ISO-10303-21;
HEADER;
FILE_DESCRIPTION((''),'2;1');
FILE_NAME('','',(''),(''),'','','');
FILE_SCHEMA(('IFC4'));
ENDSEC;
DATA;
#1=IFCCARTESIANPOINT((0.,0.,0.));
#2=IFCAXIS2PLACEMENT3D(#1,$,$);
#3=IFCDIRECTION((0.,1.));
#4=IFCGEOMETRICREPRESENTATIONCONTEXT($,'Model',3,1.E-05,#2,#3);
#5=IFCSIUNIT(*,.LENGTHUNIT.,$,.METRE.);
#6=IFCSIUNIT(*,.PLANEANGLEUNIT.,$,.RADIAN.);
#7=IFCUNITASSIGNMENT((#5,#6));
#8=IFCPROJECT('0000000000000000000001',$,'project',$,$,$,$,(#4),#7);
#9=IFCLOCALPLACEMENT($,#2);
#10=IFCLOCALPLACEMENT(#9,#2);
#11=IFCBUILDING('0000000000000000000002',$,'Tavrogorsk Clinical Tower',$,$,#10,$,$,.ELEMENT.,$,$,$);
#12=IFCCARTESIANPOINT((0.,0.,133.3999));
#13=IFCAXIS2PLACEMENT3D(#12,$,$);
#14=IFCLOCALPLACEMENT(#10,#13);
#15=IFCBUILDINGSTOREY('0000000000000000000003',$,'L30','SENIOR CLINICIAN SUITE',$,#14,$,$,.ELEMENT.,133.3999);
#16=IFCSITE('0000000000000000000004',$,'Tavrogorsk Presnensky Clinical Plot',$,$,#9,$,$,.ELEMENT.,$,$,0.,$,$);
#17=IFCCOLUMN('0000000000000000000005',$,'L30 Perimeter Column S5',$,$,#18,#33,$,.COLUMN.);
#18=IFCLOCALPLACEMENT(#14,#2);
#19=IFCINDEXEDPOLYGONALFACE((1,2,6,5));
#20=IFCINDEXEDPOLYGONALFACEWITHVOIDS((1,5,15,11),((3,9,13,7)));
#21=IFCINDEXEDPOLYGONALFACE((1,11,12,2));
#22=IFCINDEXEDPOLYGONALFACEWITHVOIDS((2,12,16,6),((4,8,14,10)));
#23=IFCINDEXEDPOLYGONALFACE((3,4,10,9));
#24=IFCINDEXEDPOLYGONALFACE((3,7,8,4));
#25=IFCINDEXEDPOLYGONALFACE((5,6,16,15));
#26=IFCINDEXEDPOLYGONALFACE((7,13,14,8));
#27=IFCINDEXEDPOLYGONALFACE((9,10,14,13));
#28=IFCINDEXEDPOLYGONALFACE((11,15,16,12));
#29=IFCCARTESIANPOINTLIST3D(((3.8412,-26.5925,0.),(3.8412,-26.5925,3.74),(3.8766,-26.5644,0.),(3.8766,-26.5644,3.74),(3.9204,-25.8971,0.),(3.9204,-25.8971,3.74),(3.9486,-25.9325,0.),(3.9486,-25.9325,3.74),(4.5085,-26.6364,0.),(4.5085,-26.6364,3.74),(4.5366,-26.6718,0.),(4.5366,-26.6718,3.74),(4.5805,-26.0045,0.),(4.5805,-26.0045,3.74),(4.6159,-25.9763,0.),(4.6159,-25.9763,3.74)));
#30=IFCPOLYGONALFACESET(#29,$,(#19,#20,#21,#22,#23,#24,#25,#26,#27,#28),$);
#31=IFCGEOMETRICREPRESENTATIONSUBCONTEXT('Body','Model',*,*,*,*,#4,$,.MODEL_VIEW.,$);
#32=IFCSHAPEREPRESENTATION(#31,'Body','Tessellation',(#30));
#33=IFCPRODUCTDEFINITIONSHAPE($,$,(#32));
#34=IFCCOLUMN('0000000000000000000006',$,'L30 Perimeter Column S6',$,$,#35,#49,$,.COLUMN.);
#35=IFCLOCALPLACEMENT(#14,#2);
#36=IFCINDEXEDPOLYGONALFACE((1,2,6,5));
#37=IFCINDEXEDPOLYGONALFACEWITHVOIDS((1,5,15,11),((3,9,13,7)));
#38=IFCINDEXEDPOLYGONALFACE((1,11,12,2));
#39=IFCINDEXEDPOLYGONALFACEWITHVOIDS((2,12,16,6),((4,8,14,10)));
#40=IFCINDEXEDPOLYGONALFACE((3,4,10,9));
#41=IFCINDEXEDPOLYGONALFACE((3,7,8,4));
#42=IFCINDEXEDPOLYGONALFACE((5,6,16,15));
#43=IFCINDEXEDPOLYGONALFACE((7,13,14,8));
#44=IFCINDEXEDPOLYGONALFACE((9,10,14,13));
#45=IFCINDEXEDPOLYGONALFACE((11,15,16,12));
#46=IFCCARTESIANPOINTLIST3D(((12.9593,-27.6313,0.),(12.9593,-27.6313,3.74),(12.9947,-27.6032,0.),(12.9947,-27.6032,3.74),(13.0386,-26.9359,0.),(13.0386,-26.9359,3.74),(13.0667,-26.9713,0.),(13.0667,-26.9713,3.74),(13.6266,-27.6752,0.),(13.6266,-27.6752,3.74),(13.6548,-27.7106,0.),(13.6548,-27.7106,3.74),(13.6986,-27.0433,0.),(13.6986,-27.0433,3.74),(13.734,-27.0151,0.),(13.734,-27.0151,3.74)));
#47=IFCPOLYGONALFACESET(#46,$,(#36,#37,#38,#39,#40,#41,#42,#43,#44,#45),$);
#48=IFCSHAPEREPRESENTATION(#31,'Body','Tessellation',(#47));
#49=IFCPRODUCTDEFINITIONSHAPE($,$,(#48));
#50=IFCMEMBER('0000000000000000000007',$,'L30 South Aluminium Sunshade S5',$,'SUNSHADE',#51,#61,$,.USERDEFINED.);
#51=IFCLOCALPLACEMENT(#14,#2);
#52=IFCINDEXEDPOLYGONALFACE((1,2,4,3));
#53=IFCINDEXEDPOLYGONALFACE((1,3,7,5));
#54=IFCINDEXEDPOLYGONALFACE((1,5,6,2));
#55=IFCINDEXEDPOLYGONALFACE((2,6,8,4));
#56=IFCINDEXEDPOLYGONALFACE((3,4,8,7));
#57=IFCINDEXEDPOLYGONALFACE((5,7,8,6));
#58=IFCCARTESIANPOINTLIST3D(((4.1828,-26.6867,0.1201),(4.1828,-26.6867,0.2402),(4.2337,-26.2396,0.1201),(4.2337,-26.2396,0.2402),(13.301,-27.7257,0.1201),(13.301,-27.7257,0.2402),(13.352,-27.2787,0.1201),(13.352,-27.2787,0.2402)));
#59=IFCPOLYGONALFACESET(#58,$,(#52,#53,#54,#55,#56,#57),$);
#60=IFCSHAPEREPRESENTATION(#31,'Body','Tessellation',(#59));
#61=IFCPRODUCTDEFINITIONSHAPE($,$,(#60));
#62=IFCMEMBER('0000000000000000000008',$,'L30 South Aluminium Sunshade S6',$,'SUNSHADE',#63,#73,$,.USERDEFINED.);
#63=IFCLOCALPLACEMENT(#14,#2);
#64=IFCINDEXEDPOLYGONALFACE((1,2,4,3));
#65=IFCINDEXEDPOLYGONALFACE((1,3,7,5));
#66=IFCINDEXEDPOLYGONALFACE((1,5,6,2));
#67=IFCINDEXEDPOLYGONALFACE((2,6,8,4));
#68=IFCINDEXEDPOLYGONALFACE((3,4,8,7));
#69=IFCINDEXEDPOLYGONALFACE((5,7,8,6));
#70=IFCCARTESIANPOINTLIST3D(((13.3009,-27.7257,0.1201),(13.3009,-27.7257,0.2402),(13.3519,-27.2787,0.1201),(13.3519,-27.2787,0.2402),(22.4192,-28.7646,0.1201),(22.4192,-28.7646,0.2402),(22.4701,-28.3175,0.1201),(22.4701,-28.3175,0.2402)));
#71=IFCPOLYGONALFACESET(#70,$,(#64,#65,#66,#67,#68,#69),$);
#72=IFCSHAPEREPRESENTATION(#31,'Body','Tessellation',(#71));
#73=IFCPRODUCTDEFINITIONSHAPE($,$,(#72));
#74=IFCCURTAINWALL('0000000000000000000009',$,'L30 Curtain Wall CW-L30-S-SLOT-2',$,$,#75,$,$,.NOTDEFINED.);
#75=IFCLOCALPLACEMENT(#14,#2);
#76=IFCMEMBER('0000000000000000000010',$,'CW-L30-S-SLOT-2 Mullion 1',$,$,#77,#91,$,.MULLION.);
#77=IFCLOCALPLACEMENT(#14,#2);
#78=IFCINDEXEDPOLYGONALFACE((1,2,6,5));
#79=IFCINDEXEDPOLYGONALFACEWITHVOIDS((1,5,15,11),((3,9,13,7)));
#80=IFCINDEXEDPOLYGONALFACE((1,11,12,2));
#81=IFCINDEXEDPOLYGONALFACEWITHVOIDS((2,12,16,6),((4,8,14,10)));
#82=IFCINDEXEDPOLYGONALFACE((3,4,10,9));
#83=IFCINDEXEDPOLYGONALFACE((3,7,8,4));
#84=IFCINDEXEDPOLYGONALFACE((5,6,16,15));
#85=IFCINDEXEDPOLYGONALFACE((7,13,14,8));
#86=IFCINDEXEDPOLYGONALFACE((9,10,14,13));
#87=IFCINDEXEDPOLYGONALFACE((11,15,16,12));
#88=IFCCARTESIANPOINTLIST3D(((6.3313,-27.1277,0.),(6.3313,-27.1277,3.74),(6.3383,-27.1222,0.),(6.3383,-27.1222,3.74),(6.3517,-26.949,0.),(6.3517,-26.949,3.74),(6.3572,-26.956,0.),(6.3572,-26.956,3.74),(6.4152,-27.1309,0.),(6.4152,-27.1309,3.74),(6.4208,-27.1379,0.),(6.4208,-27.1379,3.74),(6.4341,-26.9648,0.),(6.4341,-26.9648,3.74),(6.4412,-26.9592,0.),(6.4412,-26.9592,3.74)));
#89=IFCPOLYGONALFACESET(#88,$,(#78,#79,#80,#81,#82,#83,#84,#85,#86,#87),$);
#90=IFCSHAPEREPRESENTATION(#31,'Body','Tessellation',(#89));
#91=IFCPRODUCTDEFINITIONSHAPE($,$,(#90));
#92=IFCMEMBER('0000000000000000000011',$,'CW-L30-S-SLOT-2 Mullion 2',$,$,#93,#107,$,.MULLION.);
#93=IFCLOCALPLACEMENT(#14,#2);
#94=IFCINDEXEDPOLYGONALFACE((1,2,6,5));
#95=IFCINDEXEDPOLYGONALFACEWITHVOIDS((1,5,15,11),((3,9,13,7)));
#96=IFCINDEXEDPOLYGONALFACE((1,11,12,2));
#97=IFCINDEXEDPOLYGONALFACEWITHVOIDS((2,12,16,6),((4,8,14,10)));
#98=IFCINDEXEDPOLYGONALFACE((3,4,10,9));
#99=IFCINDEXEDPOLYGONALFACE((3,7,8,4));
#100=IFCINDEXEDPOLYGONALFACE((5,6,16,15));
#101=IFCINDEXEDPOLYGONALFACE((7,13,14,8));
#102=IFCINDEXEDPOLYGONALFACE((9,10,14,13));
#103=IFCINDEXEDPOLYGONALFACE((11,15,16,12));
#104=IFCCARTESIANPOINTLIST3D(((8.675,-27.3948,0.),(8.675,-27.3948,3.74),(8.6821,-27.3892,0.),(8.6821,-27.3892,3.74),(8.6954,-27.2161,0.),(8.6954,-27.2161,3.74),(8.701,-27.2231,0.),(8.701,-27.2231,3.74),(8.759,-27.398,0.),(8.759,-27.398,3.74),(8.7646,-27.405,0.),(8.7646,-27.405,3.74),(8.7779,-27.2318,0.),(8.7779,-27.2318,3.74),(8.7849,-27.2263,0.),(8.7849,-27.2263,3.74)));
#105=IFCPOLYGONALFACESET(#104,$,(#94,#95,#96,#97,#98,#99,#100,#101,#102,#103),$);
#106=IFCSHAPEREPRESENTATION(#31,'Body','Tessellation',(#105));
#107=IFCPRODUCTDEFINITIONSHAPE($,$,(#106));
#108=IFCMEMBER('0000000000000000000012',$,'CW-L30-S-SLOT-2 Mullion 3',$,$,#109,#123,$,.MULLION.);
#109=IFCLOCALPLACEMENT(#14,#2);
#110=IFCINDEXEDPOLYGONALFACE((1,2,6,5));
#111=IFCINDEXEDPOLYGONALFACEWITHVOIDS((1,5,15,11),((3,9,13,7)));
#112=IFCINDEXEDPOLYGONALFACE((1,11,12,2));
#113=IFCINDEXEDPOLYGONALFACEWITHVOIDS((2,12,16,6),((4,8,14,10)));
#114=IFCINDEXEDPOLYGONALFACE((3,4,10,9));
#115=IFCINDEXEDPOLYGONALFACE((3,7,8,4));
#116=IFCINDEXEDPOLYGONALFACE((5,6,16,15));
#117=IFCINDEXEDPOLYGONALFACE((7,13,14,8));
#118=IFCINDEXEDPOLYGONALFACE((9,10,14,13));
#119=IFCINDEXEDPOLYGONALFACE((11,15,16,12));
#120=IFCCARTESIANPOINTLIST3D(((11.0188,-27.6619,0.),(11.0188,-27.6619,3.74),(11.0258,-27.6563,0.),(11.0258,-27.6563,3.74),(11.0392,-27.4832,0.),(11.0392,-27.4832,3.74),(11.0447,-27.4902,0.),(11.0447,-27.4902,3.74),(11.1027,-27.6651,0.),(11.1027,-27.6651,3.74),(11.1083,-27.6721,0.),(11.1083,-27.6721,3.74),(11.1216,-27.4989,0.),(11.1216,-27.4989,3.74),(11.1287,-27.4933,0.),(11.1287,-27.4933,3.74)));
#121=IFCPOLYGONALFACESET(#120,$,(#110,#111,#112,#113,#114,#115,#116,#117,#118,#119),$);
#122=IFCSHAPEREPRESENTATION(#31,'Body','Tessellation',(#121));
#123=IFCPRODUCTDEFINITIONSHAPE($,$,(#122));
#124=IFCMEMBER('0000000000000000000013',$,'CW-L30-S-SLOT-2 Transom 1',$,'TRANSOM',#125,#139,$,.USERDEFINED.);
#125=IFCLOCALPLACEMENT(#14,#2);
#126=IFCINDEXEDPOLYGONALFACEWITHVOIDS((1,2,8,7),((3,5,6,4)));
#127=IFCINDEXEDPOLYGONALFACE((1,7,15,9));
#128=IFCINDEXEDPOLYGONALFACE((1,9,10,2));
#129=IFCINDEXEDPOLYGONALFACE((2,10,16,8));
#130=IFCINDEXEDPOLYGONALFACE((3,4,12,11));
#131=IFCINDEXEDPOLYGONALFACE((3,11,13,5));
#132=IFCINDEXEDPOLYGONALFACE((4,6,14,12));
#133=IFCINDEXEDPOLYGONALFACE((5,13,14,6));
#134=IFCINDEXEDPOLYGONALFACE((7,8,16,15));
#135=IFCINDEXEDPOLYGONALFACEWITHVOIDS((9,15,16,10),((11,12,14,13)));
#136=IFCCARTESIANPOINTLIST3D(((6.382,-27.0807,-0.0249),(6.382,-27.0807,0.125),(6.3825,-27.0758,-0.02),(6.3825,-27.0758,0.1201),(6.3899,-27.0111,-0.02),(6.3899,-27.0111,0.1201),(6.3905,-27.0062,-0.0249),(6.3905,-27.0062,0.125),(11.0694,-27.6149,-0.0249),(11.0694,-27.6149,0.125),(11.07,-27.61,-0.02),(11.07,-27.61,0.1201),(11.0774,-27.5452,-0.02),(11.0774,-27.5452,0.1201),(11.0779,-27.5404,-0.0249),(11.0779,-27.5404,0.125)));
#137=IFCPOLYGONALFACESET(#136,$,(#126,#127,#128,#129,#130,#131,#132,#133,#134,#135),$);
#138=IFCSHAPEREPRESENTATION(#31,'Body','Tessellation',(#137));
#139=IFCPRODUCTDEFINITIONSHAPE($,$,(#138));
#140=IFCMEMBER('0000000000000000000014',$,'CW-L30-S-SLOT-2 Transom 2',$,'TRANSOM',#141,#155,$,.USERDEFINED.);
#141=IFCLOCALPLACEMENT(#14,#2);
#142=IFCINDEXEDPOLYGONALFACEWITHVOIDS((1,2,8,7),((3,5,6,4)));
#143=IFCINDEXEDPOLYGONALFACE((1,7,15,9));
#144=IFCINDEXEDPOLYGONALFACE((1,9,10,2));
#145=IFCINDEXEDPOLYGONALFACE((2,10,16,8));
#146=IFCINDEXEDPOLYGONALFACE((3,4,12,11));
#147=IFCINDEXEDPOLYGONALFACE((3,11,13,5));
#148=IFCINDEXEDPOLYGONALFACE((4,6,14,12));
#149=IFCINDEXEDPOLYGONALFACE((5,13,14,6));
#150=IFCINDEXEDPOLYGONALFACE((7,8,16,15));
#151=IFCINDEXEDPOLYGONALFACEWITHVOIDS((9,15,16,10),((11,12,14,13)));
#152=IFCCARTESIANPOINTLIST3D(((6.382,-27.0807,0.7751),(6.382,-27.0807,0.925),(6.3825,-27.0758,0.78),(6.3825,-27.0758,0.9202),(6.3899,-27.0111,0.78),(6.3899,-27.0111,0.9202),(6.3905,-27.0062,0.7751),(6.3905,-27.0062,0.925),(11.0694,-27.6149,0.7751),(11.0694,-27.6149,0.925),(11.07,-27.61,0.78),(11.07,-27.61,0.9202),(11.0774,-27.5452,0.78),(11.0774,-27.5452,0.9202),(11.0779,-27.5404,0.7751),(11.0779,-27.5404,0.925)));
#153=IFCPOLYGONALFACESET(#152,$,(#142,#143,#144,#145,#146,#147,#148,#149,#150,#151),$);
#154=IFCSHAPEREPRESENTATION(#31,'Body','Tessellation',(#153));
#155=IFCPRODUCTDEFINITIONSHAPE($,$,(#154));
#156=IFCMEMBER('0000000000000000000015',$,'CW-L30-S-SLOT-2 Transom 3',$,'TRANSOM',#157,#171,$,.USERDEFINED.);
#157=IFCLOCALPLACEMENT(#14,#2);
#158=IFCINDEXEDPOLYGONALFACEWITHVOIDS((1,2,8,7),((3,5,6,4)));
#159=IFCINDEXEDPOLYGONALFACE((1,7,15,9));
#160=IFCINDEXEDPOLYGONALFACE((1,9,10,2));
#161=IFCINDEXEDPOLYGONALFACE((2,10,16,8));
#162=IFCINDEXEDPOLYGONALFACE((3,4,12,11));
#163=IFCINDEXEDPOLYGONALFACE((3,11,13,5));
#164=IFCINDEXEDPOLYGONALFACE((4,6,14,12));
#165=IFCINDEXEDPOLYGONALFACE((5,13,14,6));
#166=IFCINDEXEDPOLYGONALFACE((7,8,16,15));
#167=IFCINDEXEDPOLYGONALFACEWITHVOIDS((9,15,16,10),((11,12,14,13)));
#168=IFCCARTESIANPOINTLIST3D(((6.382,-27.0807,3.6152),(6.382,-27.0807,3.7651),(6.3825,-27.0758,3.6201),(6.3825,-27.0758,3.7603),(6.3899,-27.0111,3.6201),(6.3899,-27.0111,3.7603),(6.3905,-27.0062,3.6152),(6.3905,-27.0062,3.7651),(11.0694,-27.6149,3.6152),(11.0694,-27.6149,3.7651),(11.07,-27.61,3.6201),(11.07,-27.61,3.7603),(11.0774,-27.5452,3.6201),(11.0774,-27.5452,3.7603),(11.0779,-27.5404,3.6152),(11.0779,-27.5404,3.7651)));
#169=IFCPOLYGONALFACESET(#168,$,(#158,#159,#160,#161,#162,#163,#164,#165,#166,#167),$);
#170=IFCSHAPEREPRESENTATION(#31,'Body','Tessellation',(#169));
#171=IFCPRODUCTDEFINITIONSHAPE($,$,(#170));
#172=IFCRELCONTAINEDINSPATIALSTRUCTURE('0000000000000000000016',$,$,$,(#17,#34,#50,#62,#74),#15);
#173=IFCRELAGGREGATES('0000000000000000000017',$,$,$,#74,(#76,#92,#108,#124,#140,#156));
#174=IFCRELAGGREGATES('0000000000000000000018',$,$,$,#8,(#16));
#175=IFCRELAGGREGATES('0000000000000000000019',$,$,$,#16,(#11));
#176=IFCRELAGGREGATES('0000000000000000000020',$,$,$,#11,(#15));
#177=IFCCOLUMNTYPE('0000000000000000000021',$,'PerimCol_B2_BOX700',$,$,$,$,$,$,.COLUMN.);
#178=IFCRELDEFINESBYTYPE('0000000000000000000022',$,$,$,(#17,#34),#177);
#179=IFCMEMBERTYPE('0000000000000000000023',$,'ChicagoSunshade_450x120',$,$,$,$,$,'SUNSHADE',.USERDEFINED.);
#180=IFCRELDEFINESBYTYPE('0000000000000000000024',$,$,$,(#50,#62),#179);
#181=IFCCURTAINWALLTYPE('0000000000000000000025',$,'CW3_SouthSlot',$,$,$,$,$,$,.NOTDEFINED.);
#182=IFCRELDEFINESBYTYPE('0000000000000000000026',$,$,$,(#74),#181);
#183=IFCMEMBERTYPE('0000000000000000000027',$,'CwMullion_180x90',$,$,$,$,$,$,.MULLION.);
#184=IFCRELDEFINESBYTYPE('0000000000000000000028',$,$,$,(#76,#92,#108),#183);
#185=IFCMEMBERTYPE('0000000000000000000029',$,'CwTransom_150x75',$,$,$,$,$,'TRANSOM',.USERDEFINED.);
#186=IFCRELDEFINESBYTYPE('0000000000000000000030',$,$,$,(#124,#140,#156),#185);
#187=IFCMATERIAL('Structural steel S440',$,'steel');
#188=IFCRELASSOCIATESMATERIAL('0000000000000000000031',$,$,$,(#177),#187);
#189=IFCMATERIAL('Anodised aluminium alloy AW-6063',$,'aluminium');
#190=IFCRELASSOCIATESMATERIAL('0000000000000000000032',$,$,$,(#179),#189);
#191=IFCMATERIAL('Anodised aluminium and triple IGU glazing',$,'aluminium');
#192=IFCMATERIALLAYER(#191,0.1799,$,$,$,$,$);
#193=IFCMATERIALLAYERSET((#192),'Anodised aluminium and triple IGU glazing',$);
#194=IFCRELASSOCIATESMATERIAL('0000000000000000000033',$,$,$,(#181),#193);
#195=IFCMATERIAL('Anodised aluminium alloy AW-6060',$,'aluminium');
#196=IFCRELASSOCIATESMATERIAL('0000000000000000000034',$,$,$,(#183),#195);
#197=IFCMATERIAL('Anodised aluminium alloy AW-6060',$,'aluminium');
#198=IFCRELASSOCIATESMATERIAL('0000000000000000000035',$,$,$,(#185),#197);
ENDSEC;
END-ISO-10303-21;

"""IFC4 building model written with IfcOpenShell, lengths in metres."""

from ifc_helpers import new_model, si_unit, direction, frame, origin, origin_2d, place, context, subcontext, project, spatial, rectangle, hollow_rectangle, extrude, material, layer, layer_set, material_profile, profile_set, type_object, element, aggregate, save


model = new_model("IFC4")

# Units and contexts
model_context = context("Model", 3, precision=1e-05, world=origin(), true_north=direction((0.0, 1.0)))
body_context = subcontext(model_context, "Body", "Model", "MODEL_VIEW")
ifc_project = project(units=[si_unit("LENGTHUNIT", "METRE"), si_unit("PLANEANGLEUNIT", "RADIAN")], contexts=[model_context])

# Site, building, storey
site_placement = place(None, origin())
site = spatial("IfcSite", under=ifc_project, at=site_placement, Name="Tavrogorsk Presnensky Clinical Plot", CompositionType="ELEMENT", RefElevation=0.0)
building_placement = place(site_placement, origin())
building = spatial("IfcBuilding", under=site, at=building_placement, Name="Tavrogorsk Clinical Tower", CompositionType="ELEMENT")
storey_placement = place(building_placement, frame((0.0, 0.0, 133.3999)))
storey = spatial("IfcBuildingStorey", under=building, at=storey_placement, Name="L30", Description="SENIOR CLINICIAN SUITE", CompositionType="ELEMENT", Elevation=133.3999)

# Columns
ifc_material_1 = material(Name="Structural steel S440", Category="steel")
ifc_material_profile_1 = material_profile(ifc_material_1, hollow_rectangle(XDim=0.7, YDim=0.7, WallThickness=0.032, at=origin_2d()), Name="BOX-700x700x32")
ifc_profile_set_1 = profile_set([ifc_material_profile_1], Name="Structural steel S440")
column_type = type_object("IfcColumnType", Name="PerimCol_B2_BOX700", PredefinedType="COLUMN", material=ifc_profile_set_1)
for number, where, z_axis, x_axis, name in (
    (1, (4.2285, -26.2844, 0.0), (0.0, 0.0, 1.0), (0.993572, -0.113203, 0.0), "L30 Perimeter Column S5"),
    (2, (13.3467, -27.3232, 0.0), (0.0, 0.0, 1.0), (0.993572, -0.113203, 0.0), "L30 Perimeter Column S6"),
):
    element("IfcColumn", number, at=place(storey_placement, frame(where, z_axis=z_axis, x_axis=x_axis)), inside=storey, type_object=column_type, Name=name, PredefinedType="COLUMN", context=body_context, shape_type="SweptSolid", body=[
        extrude(hollow_rectangle(XDim=0.7, YDim=0.7, WallThickness=0.032, at=origin_2d()), origin(), (0.0, 0.0, 1.0), 3.74),
    ])

# Members
ifc_material_2 = material(Name="Anodised aluminium alloy AW-6063", Category="aluminium")
ifc_material_profile_2 = material_profile(ifc_material_2, rectangle(XDim=0.45, YDim=0.1201, at=origin_2d()), Name="ALU-SUNSHADE-450x120")
ifc_profile_set_2 = profile_set([ifc_material_profile_2], Name="Anodised aluminium alloy AW-6063")
member_type_1 = type_object("IfcMemberType", Name="ChicagoSunshade_450x120", ElementType="SUNSHADE", PredefinedType="USERDEFINED", material=ifc_profile_set_2)
for number, where, z_axis, x_axis, name in (
    (3, (4.2083, -26.4631, 0.1802), (0.99357, -0.113222, 0.0), (0.113222, 0.99357, 0.0), "L30 South Aluminium Sunshade S5"),
    (4, (13.3264, -27.5022, 0.1802), (0.993573, -0.113196, 0.0), (0.113196, 0.993573, 0.0), "L30 South Aluminium Sunshade S6"),
):
    element("IfcMember", number, at=place(storey_placement, frame(where, z_axis=z_axis, x_axis=x_axis)), inside=storey, type_object=member_type_1, Name=name, ObjectType="SUNSHADE", PredefinedType="USERDEFINED", context=body_context, shape_type="SweptSolid", body=[
        extrude(rectangle(XDim=0.45, YDim=0.1201, at=origin_2d()), origin(), (0.0, 0.0, 1.0), 9.1772),
    ])

# Curtain wall, members
ifc_material_3 = material(Name="Anodised aluminium and triple IGU glazing", Category="aluminium")
ifc_layer_1 = layer(ifc_material_3, 0.1799)
ifc_layer_set_1 = layer_set([ifc_layer_1], Name="Anodised aluminium and triple IGU glazing")
curtain_wall_type = type_object("IfcCurtainWallType", Name="CW3_SouthSlot", PredefinedType="NOTDEFINED", material=ifc_layer_set_1)
curtain_wall_placement = place(storey_placement, origin())
curtain_wall = element("IfcCurtainWall", 5, at=curtain_wall_placement, inside=storey, type_object=curtain_wall_type, Name="L30 Curtain Wall CW-L30-S-SLOT-2", PredefinedType="NOTDEFINED")
ifc_material_4 = material(Name="Anodised aluminium alloy AW-6060", Category="aluminium")
ifc_material_profile_3 = material_profile(ifc_material_4, hollow_rectangle(XDim=0.0901, YDim=0.1799, WallThickness=0.0063, at=origin_2d()), Name="RHS-180x90x6.3")
ifc_profile_set_3 = profile_set([ifc_material_profile_3], Name="Anodised aluminium alloy AW-6060")
member_type_2 = type_object("IfcMemberType", Name="CwMullion_180x90", PredefinedType="MULLION", material=ifc_profile_set_3)
member_1_placement = place(storey_placement, frame((6.3862, -27.0435, 0.0), z_axis=(0.0, 0.0, 1.0), x_axis=(0.993572, -0.113203, 0.0)))
member_1 = element("IfcMember", 6, at=member_1_placement, type_object=member_type_2, Name="CW-L30-S-SLOT-2 Mullion 1", PredefinedType="MULLION", context=body_context, shape_type="SweptSolid", body=[
    extrude(hollow_rectangle(XDim=0.0901, YDim=0.1799, WallThickness=0.0063, at=origin_2d()), origin(), (0.0, 0.0, 1.0), 3.74),
])
member_2_placement = place(storey_placement, frame((8.73, -27.3105, 0.0), z_axis=(0.0, 0.0, 1.0), x_axis=(0.993572, -0.113203, 0.0)))
member_2 = element("IfcMember", 7, at=member_2_placement, type_object=member_type_2, Name="CW-L30-S-SLOT-2 Mullion 2", PredefinedType="MULLION", context=body_context, shape_type="SweptSolid", body=[
    extrude(hollow_rectangle(XDim=0.0901, YDim=0.1799, WallThickness=0.0063, at=origin_2d()), origin(), (0.0, 0.0, 1.0), 3.74),
])
member_3_placement = place(storey_placement, frame((11.0737, -27.5776, 0.0), z_axis=(0.0, 0.0, 1.0), x_axis=(0.993572, -0.113203, 0.0)))
member_3 = element("IfcMember", 8, at=member_3_placement, type_object=member_type_2, Name="CW-L30-S-SLOT-2 Mullion 3", PredefinedType="MULLION", context=body_context, shape_type="SweptSolid", body=[
    extrude(hollow_rectangle(XDim=0.0901, YDim=0.1799, WallThickness=0.0063, at=origin_2d()), origin(), (0.0, 0.0, 1.0), 3.74),
])
ifc_material_5 = material(Name="Anodised aluminium alloy AW-6060", Category="aluminium")
ifc_material_profile_4 = material_profile(ifc_material_5, hollow_rectangle(XDim=0.075, YDim=0.1499, WallThickness=0.0049, at=origin_2d()), Name="RHS-150x75x5")
ifc_profile_set_4 = profile_set([ifc_material_profile_4], Name="Anodised aluminium alloy AW-6060")
member_type_3 = type_object("IfcMemberType", Name="CwTransom_150x75", ElementType="TRANSOM", PredefinedType="USERDEFINED", material=ifc_profile_set_4)
member_4_placement = place(storey_placement, frame((6.3862, -27.0435, 0.05), z_axis=(0.993569, -0.113226, 0.0), x_axis=(0.113226, 0.993569, 0.0)))
member_4 = element("IfcMember", 9, at=member_4_placement, type_object=member_type_3, Name="CW-L30-S-SLOT-2 Transom 1", ObjectType="TRANSOM", PredefinedType="USERDEFINED", context=body_context, shape_type="SweptSolid", body=[
    extrude(hollow_rectangle(XDim=0.075, YDim=0.1499, WallThickness=0.0049, at=origin_2d()), origin(), (0.0, 0.0, 1.0), 4.7178),
])
member_5_placement = place(storey_placement, frame((6.3862, -27.0435, 0.8501), z_axis=(0.993569, -0.113226, 0.0), x_axis=(0.113226, 0.993569, 0.0)))
member_5 = element("IfcMember", 10, at=member_5_placement, type_object=member_type_3, Name="CW-L30-S-SLOT-2 Transom 2", ObjectType="TRANSOM", PredefinedType="USERDEFINED", context=body_context, shape_type="SweptSolid", body=[
    extrude(hollow_rectangle(XDim=0.075, YDim=0.1499, WallThickness=0.0049, at=origin_2d()), origin(), (0.0, 0.0, 1.0), 4.7178),
])
member_6_placement = place(storey_placement, frame((6.3862, -27.0435, 3.6902), z_axis=(0.993569, -0.113226, 0.0), x_axis=(0.113226, 0.993569, 0.0)))
member_6 = element("IfcMember", 11, at=member_6_placement, type_object=member_type_3, Name="CW-L30-S-SLOT-2 Transom 3", ObjectType="TRANSOM", PredefinedType="USERDEFINED", context=body_context, shape_type="SweptSolid", body=[
    extrude(hollow_rectangle(XDim=0.075, YDim=0.1499, WallThickness=0.0049, at=origin_2d()), origin(), (0.0, 0.0, 1.0), 4.7178),
])

aggregate(curtain_wall, [member_1, member_2, member_3, member_4, member_5, member_6])

save(model, "model.ifc")
